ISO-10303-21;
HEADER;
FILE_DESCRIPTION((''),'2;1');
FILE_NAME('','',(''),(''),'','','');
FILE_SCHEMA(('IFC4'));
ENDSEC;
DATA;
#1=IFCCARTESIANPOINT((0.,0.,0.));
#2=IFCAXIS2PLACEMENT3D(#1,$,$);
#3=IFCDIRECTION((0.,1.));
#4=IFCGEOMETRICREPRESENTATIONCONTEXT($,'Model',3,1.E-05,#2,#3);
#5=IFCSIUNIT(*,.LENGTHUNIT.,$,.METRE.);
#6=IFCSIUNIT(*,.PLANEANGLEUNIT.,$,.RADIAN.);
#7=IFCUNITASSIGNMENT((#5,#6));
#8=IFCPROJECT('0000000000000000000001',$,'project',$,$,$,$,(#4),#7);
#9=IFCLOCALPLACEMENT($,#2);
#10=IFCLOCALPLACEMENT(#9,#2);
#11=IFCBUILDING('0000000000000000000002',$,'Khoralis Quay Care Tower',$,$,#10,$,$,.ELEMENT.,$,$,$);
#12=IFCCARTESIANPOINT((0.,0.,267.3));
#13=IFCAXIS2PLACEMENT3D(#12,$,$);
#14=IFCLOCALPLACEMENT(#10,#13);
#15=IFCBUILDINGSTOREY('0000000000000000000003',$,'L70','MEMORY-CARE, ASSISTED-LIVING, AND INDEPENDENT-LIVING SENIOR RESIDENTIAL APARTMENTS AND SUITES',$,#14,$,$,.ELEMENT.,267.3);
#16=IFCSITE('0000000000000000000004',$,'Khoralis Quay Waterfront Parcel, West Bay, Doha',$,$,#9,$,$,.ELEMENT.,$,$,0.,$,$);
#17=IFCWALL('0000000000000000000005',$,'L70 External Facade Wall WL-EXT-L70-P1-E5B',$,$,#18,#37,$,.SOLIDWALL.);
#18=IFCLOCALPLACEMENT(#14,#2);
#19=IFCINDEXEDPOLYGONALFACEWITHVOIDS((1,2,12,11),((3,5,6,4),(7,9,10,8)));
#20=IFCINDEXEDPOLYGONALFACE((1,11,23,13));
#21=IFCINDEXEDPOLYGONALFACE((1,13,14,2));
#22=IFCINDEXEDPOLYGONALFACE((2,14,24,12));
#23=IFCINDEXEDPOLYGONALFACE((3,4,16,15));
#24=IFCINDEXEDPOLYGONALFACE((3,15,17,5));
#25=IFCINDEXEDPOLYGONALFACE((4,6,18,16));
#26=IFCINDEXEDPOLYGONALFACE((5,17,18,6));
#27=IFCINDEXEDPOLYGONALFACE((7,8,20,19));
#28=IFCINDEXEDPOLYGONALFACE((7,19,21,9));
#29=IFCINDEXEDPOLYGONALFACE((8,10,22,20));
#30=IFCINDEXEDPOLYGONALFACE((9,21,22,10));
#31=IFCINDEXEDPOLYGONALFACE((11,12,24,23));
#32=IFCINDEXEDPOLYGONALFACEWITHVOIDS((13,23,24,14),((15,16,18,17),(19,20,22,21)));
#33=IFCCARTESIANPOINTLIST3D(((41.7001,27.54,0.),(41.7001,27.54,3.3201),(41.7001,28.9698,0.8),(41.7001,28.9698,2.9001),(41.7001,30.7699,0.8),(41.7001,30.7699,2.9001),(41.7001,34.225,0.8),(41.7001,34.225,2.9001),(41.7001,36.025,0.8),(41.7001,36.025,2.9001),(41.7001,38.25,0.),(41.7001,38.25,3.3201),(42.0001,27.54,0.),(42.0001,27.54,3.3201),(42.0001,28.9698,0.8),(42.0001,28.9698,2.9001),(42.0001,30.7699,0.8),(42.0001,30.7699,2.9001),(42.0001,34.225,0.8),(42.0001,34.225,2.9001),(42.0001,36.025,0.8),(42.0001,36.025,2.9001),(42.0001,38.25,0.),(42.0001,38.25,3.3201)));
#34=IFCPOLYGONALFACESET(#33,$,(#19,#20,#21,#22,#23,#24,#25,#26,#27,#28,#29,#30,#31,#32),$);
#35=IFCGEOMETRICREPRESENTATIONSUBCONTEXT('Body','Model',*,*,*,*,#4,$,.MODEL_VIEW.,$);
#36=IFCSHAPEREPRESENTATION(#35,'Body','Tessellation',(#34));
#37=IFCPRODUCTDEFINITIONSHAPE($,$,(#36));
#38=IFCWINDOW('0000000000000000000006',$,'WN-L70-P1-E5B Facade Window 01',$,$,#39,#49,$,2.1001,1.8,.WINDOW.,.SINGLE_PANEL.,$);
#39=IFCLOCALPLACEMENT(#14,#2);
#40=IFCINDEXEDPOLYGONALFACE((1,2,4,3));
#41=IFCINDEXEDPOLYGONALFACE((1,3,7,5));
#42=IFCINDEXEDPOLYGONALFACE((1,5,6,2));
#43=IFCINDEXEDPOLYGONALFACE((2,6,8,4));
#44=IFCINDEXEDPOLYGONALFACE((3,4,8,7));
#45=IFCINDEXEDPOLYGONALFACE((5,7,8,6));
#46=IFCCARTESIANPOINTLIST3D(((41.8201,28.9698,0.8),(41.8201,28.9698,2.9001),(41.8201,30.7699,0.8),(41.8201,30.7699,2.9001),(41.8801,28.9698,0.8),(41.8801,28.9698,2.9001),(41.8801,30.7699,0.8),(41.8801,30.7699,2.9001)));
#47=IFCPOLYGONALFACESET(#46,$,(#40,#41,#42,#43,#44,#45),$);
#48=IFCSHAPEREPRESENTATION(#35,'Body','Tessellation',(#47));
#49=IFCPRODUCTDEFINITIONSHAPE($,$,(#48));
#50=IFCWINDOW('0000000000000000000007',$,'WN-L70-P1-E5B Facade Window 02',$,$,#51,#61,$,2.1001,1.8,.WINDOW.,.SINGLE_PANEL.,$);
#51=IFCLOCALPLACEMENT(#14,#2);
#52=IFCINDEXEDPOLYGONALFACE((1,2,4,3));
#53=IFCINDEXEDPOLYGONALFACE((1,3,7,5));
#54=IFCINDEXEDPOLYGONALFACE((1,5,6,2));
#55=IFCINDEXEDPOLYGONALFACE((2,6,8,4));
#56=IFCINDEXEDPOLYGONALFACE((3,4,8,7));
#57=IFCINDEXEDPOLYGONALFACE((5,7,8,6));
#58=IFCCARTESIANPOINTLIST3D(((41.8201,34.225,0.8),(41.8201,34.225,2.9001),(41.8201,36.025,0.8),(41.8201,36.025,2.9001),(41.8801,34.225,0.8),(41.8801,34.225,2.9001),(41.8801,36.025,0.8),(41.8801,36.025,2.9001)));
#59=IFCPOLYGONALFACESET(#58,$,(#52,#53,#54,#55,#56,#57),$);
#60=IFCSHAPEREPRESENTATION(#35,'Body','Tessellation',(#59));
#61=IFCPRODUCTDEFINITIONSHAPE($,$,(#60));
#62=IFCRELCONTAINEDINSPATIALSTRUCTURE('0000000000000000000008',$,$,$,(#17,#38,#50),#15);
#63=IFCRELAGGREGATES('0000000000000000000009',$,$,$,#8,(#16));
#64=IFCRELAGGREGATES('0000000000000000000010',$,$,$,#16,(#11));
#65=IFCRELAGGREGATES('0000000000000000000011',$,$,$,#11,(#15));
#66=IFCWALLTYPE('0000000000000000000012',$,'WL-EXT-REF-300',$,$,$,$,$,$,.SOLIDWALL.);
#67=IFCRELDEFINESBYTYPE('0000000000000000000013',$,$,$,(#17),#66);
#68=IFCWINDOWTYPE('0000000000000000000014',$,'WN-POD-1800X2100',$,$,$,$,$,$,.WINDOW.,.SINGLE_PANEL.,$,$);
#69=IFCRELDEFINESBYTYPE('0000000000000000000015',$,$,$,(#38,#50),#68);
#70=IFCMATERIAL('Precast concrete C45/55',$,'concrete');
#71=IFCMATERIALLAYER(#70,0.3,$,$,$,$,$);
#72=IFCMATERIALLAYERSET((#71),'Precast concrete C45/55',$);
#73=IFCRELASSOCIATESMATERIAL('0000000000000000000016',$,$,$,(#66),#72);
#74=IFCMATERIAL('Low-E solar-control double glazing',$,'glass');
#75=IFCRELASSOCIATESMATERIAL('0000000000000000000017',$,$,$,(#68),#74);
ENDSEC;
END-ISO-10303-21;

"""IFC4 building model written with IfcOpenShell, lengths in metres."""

from ifc_helpers import new_model, si_unit, direction, frame, frame_2d, origin, place, context, subcontext, project, spatial, rectangle, extrude, source, transform, mapped, material, layer, layer_set, type_object, element, fill, save


model = new_model("IFC4")

# Units and contexts
model_context = context("Model", 3, precision=1e-05, world=origin(), true_north=direction((0.0, 1.0)))
body_context = subcontext(model_context, "Body", "Model", "MODEL_VIEW")
ifc_project = project(units=[si_unit("LENGTHUNIT", "METRE"), si_unit("PLANEANGLEUNIT", "RADIAN")], contexts=[model_context])

# Site, building, storey
site_placement = place(None, origin())
site = spatial("IfcSite", under=ifc_project, at=site_placement, Name="Khoralis Quay Waterfront Parcel, West Bay, Doha", CompositionType="ELEMENT", RefElevation=0.0)
building_placement = place(site_placement, origin())
building = spatial("IfcBuilding", under=site, at=building_placement, Name="Khoralis Quay Care Tower", CompositionType="ELEMENT")
storey_placement = place(building_placement, frame((0.0, 0.0, 267.3)))
storey = spatial("IfcBuildingStorey", under=building, at=storey_placement, Name="L70", Description="MEMORY-CARE, ASSISTED-LIVING, AND INDEPENDENT-LIVING SENIOR RESIDENTIAL APARTMENTS AND SUITES", CompositionType="ELEMENT", Elevation=267.3)

# Shared definitions
ifc_material_1 = material(Name="Low-E solar-control double glazing", Category="glass")

# Wall, openings, windows
ifc_material_2 = material(Name="Precast concrete C45/55", Category="concrete")
ifc_layer_1 = layer(ifc_material_2, 0.3)
ifc_layer_set_1 = layer_set([ifc_layer_1], Name="Precast concrete C45/55")
wall_type_1 = type_object("IfcWallType", Name="WL-EXT-REF-300", PredefinedType="SOLIDWALL", material=ifc_layer_set_1)
wall_1_placement = place(storey_placement, frame((41.8501, 27.54, 0.0), z_axis=(0.0, 0.0, 1.0), x_axis=(0.0, 1.0, 0.0)))
wall_1 = element("IfcWall", 1, at=wall_1_placement, inside=storey, type_object=wall_type_1, Name="L70 External Facade Wall WL-EXT-L70-P1-E5B", PredefinedType="SOLIDWALL", context=body_context, shape_type="SweptSolid", body=[
    extrude(rectangle(XDim=10.71, YDim=0.3, at=frame_2d((5.355, 0.0))), origin(), (0.0, 0.0, 1.0), 3.3201),
])
opening_1_placement = place(wall_1_placement, frame((1.4299, 0.0, 0.8)))
opening_1 = element("IfcOpeningElement", 2, at=opening_1_placement, cuts=wall_1, PredefinedType="OPENING", context=body_context, shape_type="SweptSolid", body=[
    extrude(rectangle(XDim=1.8, YDim=2.1001, at=frame_2d((0.8999, 1.05))), frame((0.0, 0.1602, 0.0), z_axis=(0.0, -1.0, 0.0), x_axis=(1.0, 0.0, 0.0)), (0.0, 0.0, 1.0), 0.3201),
])
opening_2_placement = place(wall_1_placement, frame((6.6851, 0.0, 0.8)))
opening_2 = element("IfcOpeningElement", 3, at=opening_2_placement, cuts=wall_1, PredefinedType="OPENING", context=body_context, shape_type="SweptSolid", body=[
    extrude(rectangle(XDim=1.8, YDim=2.1001, at=frame_2d((0.8999, 1.05))), frame((0.0, 0.1602, 0.0), z_axis=(0.0, -1.0, 0.0), x_axis=(1.0, 0.0, 0.0)), (0.0, 0.0, 1.0), 0.3201),
])
window_type = type_object("IfcWindowType", Name="WN-POD-1800X2100", PartitioningType="SINGLE_PANEL", PredefinedType="WINDOW", material=ifc_material_1)
shared_shape_1 = source(origin(), body_context, "Body", "SweptSolid", [
    extrude(rectangle(XDim=1.8, YDim=2.1001, at=frame_2d((0.8999, 1.05))), frame((0.0, 0.03, 0.0), z_axis=(0.0, -1.0, 0.0), x_axis=(1.0, 0.0, 0.0)), (0.0, 0.0, 1.0), 0.0601),
])
window_1_placement = place(opening_1_placement, origin())
window_1 = element("IfcWindow", 4, at=window_1_placement, inside=storey, type_object=window_type, Name="WN-L70-P1-E5B Facade Window 01", OverallHeight=2.1001, OverallWidth=1.8, PartitioningType="SINGLE_PANEL", PredefinedType="WINDOW", context=body_context, shape_type="MappedRepresentation", body=[
    mapped(shared_shape_1, transform((0.0, 0.0, 0.0), scale=1.0)),
])
fill(opening_1, window_1)
window_2_placement = place(opening_2_placement, origin())
window_2 = element("IfcWindow", 5, at=window_2_placement, inside=storey, type_object=window_type, Name="WN-L70-P1-E5B Facade Window 02", OverallHeight=2.1001, OverallWidth=1.8, PartitioningType="SINGLE_PANEL", PredefinedType="WINDOW", context=body_context, shape_type="MappedRepresentation", body=[
    mapped(shared_shape_1, transform((0.0, 0.0, 0.0), scale=1.0)),
])
fill(opening_2, window_2)

save(model, "model.ifc")
